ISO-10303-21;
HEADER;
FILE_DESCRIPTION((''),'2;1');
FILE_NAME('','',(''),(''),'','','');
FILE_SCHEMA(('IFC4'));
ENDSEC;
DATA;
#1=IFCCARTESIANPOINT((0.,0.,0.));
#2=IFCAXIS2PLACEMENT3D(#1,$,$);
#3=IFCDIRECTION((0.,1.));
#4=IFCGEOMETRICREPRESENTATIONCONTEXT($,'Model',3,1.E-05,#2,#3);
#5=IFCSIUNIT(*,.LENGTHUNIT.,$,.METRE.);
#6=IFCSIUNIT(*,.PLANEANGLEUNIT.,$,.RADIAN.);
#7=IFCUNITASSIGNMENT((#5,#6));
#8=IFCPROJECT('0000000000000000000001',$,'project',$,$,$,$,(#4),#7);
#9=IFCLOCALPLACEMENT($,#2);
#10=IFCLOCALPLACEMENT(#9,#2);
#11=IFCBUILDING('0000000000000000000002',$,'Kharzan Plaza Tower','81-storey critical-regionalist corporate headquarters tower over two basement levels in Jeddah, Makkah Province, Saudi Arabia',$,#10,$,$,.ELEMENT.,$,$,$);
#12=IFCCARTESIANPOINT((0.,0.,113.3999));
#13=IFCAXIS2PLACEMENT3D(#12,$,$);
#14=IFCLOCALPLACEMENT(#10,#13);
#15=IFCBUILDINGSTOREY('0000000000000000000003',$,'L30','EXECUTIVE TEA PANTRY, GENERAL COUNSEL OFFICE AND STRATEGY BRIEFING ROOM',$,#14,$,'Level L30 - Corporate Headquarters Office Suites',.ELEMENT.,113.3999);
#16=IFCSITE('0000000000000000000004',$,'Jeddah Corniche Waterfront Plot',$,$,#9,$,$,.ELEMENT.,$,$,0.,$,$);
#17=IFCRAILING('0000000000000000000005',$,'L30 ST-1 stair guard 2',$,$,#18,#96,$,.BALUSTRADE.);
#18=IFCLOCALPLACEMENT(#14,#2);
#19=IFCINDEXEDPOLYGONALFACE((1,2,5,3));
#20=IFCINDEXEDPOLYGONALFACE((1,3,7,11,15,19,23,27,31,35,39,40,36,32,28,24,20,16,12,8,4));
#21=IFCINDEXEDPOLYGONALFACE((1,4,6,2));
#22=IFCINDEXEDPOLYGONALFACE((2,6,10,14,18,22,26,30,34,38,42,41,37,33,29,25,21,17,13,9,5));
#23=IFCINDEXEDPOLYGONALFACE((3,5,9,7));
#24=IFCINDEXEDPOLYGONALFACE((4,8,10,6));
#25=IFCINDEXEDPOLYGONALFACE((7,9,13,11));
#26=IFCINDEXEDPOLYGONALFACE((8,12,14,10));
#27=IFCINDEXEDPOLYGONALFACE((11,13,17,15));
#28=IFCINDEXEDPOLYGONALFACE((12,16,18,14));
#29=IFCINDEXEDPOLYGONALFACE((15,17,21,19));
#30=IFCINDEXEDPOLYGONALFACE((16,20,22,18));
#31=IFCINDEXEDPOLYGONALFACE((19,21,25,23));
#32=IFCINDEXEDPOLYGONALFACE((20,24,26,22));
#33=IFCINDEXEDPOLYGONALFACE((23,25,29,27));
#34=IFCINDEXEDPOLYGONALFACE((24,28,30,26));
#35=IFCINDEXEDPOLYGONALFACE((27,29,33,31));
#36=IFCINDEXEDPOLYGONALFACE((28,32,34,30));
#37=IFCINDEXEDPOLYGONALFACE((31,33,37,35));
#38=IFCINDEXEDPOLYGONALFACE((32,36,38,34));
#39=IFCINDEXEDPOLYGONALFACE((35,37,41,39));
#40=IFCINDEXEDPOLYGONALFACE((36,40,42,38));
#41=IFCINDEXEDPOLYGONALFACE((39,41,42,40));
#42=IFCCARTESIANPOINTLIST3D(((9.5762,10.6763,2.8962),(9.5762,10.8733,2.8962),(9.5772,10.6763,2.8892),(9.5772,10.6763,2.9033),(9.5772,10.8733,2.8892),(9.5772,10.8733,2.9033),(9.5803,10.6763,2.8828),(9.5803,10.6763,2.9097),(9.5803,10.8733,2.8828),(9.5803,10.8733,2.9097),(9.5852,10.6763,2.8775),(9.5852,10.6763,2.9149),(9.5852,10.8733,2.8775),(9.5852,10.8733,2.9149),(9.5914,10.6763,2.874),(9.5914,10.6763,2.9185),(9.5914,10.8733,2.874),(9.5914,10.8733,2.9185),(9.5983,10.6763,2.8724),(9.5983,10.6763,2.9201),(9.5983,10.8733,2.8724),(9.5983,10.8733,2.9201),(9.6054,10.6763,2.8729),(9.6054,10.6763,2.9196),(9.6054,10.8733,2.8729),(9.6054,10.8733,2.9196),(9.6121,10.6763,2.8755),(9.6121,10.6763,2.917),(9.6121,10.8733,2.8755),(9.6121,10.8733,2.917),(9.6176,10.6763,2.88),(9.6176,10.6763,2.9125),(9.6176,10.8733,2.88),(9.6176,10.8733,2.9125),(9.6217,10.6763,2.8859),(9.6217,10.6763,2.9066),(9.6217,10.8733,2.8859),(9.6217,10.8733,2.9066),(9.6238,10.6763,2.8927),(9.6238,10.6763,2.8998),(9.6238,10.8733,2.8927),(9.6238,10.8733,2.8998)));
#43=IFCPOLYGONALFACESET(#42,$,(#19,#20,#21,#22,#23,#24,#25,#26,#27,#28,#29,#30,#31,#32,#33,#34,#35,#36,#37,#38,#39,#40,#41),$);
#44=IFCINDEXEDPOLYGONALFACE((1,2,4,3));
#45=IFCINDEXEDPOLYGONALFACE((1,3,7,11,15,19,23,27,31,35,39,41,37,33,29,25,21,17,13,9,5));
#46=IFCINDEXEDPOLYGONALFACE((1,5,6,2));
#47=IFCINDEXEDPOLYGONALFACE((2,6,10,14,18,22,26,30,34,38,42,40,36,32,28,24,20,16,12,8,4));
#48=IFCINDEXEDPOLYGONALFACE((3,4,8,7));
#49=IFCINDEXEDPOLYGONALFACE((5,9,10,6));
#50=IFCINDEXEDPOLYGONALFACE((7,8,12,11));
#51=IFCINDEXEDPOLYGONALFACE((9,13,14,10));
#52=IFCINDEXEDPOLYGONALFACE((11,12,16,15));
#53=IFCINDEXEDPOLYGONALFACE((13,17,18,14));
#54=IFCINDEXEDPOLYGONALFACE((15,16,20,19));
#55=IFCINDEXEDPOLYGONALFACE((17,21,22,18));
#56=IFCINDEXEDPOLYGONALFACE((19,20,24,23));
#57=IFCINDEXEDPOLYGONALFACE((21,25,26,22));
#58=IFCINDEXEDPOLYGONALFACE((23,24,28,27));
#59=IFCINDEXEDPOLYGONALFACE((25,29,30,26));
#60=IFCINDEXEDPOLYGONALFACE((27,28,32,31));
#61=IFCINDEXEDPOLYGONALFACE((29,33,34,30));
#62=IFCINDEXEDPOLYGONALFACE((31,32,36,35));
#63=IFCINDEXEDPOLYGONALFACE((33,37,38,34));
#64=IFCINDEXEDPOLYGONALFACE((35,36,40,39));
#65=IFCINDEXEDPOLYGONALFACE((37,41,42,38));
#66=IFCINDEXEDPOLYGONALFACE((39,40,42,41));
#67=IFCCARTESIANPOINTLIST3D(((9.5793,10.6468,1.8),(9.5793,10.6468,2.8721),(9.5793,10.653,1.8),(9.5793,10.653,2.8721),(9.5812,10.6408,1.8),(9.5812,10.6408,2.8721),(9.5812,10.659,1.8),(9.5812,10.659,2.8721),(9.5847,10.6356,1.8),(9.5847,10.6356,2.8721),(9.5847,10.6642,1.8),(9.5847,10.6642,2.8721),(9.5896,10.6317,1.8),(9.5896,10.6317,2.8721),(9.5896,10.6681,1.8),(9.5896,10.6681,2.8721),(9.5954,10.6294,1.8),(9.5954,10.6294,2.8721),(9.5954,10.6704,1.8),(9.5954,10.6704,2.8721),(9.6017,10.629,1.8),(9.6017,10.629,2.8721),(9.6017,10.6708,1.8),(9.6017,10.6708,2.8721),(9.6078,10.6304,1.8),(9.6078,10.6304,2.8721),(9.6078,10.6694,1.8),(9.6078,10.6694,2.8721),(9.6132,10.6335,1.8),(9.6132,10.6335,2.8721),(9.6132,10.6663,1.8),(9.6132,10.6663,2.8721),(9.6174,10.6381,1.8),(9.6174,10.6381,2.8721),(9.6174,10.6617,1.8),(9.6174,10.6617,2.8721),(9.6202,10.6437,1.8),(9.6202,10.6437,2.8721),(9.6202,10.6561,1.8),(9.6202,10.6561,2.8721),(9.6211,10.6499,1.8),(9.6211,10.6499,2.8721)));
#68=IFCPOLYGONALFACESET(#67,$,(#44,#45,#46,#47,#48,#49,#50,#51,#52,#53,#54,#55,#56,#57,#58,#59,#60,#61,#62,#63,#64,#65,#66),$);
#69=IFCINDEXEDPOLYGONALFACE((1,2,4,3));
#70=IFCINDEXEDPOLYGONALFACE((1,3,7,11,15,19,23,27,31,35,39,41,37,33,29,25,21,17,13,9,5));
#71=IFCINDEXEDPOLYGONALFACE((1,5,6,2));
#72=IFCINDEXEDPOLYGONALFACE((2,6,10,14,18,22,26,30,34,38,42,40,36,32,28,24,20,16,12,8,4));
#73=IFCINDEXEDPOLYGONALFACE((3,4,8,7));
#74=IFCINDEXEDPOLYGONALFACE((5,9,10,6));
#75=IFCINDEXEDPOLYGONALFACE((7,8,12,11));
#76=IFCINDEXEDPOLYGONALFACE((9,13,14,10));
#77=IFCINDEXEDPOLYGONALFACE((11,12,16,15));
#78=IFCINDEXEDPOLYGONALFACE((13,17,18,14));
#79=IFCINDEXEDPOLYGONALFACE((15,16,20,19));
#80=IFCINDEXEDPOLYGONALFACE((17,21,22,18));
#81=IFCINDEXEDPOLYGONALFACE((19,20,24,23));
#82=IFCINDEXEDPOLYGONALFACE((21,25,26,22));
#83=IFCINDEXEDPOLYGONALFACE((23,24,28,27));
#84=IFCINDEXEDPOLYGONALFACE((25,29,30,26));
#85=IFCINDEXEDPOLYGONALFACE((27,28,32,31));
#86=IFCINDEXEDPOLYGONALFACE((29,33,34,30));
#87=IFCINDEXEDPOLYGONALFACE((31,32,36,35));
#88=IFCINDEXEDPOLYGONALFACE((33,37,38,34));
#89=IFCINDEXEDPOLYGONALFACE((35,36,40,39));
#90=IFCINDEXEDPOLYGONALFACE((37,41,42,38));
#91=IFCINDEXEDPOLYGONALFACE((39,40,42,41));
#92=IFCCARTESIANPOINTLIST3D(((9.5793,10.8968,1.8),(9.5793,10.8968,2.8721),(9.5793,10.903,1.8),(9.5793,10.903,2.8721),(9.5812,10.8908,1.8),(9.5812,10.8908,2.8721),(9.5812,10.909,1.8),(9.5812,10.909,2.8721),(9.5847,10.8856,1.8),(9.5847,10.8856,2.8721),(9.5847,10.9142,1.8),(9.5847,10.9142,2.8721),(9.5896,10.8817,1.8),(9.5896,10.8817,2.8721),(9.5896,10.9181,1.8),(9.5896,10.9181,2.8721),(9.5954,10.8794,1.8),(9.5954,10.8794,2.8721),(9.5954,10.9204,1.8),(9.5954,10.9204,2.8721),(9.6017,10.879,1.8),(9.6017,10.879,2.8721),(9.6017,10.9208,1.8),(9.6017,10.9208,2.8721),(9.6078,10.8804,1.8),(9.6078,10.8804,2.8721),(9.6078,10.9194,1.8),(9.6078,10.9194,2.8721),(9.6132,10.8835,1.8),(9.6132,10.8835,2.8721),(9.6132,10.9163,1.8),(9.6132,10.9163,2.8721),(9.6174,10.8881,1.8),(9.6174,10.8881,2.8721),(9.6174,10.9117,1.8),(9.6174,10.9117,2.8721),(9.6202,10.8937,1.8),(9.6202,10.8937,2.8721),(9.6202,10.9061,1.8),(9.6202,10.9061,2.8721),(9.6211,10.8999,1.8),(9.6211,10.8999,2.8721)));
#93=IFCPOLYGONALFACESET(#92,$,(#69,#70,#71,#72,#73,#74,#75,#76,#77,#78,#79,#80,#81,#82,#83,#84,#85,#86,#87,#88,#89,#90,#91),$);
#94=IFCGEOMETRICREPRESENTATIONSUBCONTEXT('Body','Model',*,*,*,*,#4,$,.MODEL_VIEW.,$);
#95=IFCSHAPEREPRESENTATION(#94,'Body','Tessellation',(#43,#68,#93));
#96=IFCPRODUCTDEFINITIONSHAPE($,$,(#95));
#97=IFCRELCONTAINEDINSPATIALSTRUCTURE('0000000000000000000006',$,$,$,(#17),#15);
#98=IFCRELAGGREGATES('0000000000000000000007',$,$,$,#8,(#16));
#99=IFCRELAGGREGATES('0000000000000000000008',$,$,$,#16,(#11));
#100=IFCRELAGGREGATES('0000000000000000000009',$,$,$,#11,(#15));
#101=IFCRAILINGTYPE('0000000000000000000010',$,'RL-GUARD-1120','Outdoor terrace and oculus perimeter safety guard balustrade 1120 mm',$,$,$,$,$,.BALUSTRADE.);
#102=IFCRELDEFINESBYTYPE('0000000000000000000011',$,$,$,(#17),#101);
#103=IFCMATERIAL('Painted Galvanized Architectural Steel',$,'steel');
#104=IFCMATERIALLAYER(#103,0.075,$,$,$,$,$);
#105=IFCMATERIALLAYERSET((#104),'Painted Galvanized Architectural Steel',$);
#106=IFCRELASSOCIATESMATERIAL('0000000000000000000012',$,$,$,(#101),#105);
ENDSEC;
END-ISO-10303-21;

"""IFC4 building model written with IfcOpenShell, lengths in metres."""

from ifc_helpers import new_model, si_unit, direction, frame, origin, origin_2d, place, context, subcontext, project, spatial, circle, extrude, source, transform, mapped, material, layer, layer_set, type_object, element, save


model = new_model("IFC4")

# Units and contexts
model_context = context("Model", 3, precision=1e-05, world=origin(), true_north=direction((0.0, 1.0)))
body_context = subcontext(model_context, "Body", "Model", "MODEL_VIEW")
ifc_project = project(units=[si_unit("LENGTHUNIT", "METRE"), si_unit("PLANEANGLEUNIT", "RADIAN")], contexts=[model_context])

# Site, building, storey
site_placement = place(None, origin())
site = spatial("IfcSite", under=ifc_project, at=site_placement, Name="Jeddah Corniche Waterfront Plot", CompositionType="ELEMENT", RefElevation=0.0)
building_placement = place(site_placement, origin())
building = spatial("IfcBuilding", under=site, at=building_placement, Name="Kharzan Plaza Tower", Description="81-storey critical-regionalist corporate headquarters tower over two basement levels in Jeddah, Makkah Province, Saudi Arabia", CompositionType="ELEMENT")
storey_placement = place(building_placement, frame((0.0, 0.0, 113.3999)))
storey = spatial("IfcBuildingStorey", under=building, at=storey_placement, Name="L30", Description="EXECUTIVE TEA PANTRY, GENERAL COUNSEL OFFICE AND STRATEGY BRIEFING ROOM", LongName="Level L30 - Corporate Headquarters Office Suites", CompositionType="ELEMENT", Elevation=113.3999)

# Railing
ifc_material_1 = material(Name="Painted Galvanized Architectural Steel", Category="steel")
ifc_layer_1 = layer(ifc_material_1, 0.075)
ifc_layer_set_1 = layer_set([ifc_layer_1], Name="Painted Galvanized Architectural Steel")
railing_type_1 = type_object("IfcRailingType", Name="RL-GUARD-1120", Description="Outdoor terrace and oculus perimeter safety guard balustrade 1120 mm", PredefinedType="BALUSTRADE", material=ifc_layer_set_1)
shared_shape_1 = source(origin(), body_context, "Body", "SweptSolid", [
    extrude(circle(Radius=0.0239, at=origin_2d()), frame((0.0, 0.0264, 1.0962), z_axis=(0.0, 1.0, 0.0), x_axis=(-1.0, 0.0, 0.0)), (0.0, 0.0, 1.0), 0.197),
    extrude(circle(Radius=0.021, at=origin_2d()), origin(), (0.0, 0.0, 1.0), 1.072),
    extrude(circle(Radius=0.021, at=origin_2d()), frame((0.0, 0.25, 0.0)), (0.0, 0.0, 1.0), 1.072),
])
railing_1_placement = place(storey_placement, frame((9.6001, 10.6499, 1.8)))
element("IfcRailing", 1, at=railing_1_placement, inside=storey, type_object=railing_type_1, Name="L30 ST-1 stair guard 2", PredefinedType="BALUSTRADE", context=body_context, shape_type="MappedRepresentation", body=[
    mapped(shared_shape_1, transform((0.0, 0.0, 0.0), x_axis=(1.0, 0.0, 0.0), y_axis=(0.0, 1.0, 0.0), z_axis=(0.0, 0.0, 1.0))),
])

save(model, "model.ifc")
